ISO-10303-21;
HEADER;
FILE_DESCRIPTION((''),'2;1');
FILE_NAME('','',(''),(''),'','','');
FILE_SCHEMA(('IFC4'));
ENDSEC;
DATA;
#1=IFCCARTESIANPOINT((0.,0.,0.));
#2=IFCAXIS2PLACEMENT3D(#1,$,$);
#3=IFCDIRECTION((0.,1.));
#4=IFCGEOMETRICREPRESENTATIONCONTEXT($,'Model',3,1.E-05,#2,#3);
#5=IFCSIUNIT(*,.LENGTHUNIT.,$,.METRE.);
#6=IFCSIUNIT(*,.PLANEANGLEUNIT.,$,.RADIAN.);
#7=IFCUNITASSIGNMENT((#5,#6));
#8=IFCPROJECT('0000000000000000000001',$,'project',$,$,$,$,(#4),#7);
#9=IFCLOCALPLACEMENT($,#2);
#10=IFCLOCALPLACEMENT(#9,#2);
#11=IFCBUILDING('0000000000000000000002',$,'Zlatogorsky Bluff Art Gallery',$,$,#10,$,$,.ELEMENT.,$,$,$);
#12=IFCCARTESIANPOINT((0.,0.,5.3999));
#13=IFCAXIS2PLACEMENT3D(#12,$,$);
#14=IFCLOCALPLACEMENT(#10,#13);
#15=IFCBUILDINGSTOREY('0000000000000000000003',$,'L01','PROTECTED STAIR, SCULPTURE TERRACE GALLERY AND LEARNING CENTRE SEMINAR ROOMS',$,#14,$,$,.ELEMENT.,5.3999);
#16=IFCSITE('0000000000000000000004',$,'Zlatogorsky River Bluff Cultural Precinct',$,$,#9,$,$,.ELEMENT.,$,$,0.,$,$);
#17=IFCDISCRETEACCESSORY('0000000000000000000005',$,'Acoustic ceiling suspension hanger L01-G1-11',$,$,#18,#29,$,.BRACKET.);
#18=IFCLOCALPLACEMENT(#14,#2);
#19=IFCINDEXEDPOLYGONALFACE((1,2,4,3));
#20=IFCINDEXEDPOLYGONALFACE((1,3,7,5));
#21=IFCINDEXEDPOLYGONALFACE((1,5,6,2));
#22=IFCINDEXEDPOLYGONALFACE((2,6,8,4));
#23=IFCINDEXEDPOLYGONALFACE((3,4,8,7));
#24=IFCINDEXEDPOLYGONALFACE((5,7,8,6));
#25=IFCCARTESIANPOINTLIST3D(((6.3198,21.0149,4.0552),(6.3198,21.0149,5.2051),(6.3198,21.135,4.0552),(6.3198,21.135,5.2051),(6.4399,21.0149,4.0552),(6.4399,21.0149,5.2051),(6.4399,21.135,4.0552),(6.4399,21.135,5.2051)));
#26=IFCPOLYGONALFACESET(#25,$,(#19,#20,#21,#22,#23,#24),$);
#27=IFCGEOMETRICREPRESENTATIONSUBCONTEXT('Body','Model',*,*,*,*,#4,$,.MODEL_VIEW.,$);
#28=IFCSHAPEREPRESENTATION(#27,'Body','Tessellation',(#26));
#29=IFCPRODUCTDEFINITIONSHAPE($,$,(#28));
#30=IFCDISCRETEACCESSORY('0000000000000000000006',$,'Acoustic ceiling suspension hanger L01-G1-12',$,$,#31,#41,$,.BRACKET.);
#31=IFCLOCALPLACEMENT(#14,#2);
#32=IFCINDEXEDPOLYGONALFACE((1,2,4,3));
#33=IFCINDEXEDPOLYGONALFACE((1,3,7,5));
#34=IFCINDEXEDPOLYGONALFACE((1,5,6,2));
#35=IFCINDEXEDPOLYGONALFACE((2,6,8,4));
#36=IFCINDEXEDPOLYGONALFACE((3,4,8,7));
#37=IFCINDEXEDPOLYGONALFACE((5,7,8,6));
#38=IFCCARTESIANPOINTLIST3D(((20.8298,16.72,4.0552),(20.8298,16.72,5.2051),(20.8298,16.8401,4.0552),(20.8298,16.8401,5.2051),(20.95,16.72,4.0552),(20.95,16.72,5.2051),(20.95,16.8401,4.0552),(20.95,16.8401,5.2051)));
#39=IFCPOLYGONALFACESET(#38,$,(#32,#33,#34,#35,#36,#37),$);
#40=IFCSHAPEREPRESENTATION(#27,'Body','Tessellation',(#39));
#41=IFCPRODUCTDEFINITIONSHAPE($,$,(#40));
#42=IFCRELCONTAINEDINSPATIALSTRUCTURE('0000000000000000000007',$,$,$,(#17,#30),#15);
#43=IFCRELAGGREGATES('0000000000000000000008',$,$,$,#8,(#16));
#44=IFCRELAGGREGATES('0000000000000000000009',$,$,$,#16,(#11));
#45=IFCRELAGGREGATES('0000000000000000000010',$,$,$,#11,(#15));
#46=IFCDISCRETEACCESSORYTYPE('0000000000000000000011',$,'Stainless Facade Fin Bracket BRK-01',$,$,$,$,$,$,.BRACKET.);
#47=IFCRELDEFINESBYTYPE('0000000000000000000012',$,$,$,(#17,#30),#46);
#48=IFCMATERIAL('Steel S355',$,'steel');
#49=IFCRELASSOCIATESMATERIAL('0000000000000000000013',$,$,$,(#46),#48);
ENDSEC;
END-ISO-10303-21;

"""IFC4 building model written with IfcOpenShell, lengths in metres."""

from ifc_helpers import new_model, si_unit, direction, frame, origin, origin_2d, place, context, subcontext, project, spatial, rectangle, extrude, material, type_object, element, save


model = new_model("IFC4")

# Units and contexts
model_context = context("Model", 3, precision=1e-05, world=origin(), true_north=direction((0.0, 1.0)))
body_context = subcontext(model_context, "Body", "Model", "MODEL_VIEW")
ifc_project = project(units=[si_unit("LENGTHUNIT", "METRE"), si_unit("PLANEANGLEUNIT", "RADIAN")], contexts=[model_context])

# Site, building, storey
site_placement = place(None, origin())
site = spatial("IfcSite", under=ifc_project, at=site_placement, Name="Zlatogorsky River Bluff Cultural Precinct", CompositionType="ELEMENT", RefElevation=0.0)
building_placement = place(site_placement, origin())
building = spatial("IfcBuilding", under=site, at=building_placement, Name="Zlatogorsky Bluff Art Gallery", CompositionType="ELEMENT")
storey_placement = place(building_placement, frame((0.0, 0.0, 5.3999)))
storey = spatial("IfcBuildingStorey", under=building, at=storey_placement, Name="L01", Description="PROTECTED STAIR, SCULPTURE TERRACE GALLERY AND LEARNING CENTRE SEMINAR ROOMS", CompositionType="ELEMENT", Elevation=5.3999)

# Shared definitions
ifc_material_1 = material(Name="Steel S355", Category="steel")

# Discrete accessories
discrete_accessory_type = type_object("IfcDiscreteAccessoryType", Name="Stainless Facade Fin Bracket BRK-01", PredefinedType="BRACKET", material=ifc_material_1)
for number, where, z_axis, x_axis, name in (
    (1, (6.3799, 21.075, 4.0552), (0.0, 0.0, 1.0), (1.0, 0.0, 0.0), "Acoustic ceiling suspension hanger L01-G1-11"),
    (2, (20.8899, 16.78, 4.0552), (0.0, 0.0, 1.0), (1.0, 0.0, 0.0), "Acoustic ceiling suspension hanger L01-G1-12"),
):
    element("IfcDiscreteAccessory", number, at=place(storey_placement, frame(where, z_axis=z_axis, x_axis=x_axis)), inside=storey, type_object=discrete_accessory_type, Name=name, PredefinedType="BRACKET", context=body_context, shape_type="SweptSolid", body=[
        extrude(rectangle(XDim=0.1201, YDim=0.1201, at=origin_2d()), origin(), (0.0, 0.0, 1.0), 1.1499),
    ])

save(model, "model.ifc")
